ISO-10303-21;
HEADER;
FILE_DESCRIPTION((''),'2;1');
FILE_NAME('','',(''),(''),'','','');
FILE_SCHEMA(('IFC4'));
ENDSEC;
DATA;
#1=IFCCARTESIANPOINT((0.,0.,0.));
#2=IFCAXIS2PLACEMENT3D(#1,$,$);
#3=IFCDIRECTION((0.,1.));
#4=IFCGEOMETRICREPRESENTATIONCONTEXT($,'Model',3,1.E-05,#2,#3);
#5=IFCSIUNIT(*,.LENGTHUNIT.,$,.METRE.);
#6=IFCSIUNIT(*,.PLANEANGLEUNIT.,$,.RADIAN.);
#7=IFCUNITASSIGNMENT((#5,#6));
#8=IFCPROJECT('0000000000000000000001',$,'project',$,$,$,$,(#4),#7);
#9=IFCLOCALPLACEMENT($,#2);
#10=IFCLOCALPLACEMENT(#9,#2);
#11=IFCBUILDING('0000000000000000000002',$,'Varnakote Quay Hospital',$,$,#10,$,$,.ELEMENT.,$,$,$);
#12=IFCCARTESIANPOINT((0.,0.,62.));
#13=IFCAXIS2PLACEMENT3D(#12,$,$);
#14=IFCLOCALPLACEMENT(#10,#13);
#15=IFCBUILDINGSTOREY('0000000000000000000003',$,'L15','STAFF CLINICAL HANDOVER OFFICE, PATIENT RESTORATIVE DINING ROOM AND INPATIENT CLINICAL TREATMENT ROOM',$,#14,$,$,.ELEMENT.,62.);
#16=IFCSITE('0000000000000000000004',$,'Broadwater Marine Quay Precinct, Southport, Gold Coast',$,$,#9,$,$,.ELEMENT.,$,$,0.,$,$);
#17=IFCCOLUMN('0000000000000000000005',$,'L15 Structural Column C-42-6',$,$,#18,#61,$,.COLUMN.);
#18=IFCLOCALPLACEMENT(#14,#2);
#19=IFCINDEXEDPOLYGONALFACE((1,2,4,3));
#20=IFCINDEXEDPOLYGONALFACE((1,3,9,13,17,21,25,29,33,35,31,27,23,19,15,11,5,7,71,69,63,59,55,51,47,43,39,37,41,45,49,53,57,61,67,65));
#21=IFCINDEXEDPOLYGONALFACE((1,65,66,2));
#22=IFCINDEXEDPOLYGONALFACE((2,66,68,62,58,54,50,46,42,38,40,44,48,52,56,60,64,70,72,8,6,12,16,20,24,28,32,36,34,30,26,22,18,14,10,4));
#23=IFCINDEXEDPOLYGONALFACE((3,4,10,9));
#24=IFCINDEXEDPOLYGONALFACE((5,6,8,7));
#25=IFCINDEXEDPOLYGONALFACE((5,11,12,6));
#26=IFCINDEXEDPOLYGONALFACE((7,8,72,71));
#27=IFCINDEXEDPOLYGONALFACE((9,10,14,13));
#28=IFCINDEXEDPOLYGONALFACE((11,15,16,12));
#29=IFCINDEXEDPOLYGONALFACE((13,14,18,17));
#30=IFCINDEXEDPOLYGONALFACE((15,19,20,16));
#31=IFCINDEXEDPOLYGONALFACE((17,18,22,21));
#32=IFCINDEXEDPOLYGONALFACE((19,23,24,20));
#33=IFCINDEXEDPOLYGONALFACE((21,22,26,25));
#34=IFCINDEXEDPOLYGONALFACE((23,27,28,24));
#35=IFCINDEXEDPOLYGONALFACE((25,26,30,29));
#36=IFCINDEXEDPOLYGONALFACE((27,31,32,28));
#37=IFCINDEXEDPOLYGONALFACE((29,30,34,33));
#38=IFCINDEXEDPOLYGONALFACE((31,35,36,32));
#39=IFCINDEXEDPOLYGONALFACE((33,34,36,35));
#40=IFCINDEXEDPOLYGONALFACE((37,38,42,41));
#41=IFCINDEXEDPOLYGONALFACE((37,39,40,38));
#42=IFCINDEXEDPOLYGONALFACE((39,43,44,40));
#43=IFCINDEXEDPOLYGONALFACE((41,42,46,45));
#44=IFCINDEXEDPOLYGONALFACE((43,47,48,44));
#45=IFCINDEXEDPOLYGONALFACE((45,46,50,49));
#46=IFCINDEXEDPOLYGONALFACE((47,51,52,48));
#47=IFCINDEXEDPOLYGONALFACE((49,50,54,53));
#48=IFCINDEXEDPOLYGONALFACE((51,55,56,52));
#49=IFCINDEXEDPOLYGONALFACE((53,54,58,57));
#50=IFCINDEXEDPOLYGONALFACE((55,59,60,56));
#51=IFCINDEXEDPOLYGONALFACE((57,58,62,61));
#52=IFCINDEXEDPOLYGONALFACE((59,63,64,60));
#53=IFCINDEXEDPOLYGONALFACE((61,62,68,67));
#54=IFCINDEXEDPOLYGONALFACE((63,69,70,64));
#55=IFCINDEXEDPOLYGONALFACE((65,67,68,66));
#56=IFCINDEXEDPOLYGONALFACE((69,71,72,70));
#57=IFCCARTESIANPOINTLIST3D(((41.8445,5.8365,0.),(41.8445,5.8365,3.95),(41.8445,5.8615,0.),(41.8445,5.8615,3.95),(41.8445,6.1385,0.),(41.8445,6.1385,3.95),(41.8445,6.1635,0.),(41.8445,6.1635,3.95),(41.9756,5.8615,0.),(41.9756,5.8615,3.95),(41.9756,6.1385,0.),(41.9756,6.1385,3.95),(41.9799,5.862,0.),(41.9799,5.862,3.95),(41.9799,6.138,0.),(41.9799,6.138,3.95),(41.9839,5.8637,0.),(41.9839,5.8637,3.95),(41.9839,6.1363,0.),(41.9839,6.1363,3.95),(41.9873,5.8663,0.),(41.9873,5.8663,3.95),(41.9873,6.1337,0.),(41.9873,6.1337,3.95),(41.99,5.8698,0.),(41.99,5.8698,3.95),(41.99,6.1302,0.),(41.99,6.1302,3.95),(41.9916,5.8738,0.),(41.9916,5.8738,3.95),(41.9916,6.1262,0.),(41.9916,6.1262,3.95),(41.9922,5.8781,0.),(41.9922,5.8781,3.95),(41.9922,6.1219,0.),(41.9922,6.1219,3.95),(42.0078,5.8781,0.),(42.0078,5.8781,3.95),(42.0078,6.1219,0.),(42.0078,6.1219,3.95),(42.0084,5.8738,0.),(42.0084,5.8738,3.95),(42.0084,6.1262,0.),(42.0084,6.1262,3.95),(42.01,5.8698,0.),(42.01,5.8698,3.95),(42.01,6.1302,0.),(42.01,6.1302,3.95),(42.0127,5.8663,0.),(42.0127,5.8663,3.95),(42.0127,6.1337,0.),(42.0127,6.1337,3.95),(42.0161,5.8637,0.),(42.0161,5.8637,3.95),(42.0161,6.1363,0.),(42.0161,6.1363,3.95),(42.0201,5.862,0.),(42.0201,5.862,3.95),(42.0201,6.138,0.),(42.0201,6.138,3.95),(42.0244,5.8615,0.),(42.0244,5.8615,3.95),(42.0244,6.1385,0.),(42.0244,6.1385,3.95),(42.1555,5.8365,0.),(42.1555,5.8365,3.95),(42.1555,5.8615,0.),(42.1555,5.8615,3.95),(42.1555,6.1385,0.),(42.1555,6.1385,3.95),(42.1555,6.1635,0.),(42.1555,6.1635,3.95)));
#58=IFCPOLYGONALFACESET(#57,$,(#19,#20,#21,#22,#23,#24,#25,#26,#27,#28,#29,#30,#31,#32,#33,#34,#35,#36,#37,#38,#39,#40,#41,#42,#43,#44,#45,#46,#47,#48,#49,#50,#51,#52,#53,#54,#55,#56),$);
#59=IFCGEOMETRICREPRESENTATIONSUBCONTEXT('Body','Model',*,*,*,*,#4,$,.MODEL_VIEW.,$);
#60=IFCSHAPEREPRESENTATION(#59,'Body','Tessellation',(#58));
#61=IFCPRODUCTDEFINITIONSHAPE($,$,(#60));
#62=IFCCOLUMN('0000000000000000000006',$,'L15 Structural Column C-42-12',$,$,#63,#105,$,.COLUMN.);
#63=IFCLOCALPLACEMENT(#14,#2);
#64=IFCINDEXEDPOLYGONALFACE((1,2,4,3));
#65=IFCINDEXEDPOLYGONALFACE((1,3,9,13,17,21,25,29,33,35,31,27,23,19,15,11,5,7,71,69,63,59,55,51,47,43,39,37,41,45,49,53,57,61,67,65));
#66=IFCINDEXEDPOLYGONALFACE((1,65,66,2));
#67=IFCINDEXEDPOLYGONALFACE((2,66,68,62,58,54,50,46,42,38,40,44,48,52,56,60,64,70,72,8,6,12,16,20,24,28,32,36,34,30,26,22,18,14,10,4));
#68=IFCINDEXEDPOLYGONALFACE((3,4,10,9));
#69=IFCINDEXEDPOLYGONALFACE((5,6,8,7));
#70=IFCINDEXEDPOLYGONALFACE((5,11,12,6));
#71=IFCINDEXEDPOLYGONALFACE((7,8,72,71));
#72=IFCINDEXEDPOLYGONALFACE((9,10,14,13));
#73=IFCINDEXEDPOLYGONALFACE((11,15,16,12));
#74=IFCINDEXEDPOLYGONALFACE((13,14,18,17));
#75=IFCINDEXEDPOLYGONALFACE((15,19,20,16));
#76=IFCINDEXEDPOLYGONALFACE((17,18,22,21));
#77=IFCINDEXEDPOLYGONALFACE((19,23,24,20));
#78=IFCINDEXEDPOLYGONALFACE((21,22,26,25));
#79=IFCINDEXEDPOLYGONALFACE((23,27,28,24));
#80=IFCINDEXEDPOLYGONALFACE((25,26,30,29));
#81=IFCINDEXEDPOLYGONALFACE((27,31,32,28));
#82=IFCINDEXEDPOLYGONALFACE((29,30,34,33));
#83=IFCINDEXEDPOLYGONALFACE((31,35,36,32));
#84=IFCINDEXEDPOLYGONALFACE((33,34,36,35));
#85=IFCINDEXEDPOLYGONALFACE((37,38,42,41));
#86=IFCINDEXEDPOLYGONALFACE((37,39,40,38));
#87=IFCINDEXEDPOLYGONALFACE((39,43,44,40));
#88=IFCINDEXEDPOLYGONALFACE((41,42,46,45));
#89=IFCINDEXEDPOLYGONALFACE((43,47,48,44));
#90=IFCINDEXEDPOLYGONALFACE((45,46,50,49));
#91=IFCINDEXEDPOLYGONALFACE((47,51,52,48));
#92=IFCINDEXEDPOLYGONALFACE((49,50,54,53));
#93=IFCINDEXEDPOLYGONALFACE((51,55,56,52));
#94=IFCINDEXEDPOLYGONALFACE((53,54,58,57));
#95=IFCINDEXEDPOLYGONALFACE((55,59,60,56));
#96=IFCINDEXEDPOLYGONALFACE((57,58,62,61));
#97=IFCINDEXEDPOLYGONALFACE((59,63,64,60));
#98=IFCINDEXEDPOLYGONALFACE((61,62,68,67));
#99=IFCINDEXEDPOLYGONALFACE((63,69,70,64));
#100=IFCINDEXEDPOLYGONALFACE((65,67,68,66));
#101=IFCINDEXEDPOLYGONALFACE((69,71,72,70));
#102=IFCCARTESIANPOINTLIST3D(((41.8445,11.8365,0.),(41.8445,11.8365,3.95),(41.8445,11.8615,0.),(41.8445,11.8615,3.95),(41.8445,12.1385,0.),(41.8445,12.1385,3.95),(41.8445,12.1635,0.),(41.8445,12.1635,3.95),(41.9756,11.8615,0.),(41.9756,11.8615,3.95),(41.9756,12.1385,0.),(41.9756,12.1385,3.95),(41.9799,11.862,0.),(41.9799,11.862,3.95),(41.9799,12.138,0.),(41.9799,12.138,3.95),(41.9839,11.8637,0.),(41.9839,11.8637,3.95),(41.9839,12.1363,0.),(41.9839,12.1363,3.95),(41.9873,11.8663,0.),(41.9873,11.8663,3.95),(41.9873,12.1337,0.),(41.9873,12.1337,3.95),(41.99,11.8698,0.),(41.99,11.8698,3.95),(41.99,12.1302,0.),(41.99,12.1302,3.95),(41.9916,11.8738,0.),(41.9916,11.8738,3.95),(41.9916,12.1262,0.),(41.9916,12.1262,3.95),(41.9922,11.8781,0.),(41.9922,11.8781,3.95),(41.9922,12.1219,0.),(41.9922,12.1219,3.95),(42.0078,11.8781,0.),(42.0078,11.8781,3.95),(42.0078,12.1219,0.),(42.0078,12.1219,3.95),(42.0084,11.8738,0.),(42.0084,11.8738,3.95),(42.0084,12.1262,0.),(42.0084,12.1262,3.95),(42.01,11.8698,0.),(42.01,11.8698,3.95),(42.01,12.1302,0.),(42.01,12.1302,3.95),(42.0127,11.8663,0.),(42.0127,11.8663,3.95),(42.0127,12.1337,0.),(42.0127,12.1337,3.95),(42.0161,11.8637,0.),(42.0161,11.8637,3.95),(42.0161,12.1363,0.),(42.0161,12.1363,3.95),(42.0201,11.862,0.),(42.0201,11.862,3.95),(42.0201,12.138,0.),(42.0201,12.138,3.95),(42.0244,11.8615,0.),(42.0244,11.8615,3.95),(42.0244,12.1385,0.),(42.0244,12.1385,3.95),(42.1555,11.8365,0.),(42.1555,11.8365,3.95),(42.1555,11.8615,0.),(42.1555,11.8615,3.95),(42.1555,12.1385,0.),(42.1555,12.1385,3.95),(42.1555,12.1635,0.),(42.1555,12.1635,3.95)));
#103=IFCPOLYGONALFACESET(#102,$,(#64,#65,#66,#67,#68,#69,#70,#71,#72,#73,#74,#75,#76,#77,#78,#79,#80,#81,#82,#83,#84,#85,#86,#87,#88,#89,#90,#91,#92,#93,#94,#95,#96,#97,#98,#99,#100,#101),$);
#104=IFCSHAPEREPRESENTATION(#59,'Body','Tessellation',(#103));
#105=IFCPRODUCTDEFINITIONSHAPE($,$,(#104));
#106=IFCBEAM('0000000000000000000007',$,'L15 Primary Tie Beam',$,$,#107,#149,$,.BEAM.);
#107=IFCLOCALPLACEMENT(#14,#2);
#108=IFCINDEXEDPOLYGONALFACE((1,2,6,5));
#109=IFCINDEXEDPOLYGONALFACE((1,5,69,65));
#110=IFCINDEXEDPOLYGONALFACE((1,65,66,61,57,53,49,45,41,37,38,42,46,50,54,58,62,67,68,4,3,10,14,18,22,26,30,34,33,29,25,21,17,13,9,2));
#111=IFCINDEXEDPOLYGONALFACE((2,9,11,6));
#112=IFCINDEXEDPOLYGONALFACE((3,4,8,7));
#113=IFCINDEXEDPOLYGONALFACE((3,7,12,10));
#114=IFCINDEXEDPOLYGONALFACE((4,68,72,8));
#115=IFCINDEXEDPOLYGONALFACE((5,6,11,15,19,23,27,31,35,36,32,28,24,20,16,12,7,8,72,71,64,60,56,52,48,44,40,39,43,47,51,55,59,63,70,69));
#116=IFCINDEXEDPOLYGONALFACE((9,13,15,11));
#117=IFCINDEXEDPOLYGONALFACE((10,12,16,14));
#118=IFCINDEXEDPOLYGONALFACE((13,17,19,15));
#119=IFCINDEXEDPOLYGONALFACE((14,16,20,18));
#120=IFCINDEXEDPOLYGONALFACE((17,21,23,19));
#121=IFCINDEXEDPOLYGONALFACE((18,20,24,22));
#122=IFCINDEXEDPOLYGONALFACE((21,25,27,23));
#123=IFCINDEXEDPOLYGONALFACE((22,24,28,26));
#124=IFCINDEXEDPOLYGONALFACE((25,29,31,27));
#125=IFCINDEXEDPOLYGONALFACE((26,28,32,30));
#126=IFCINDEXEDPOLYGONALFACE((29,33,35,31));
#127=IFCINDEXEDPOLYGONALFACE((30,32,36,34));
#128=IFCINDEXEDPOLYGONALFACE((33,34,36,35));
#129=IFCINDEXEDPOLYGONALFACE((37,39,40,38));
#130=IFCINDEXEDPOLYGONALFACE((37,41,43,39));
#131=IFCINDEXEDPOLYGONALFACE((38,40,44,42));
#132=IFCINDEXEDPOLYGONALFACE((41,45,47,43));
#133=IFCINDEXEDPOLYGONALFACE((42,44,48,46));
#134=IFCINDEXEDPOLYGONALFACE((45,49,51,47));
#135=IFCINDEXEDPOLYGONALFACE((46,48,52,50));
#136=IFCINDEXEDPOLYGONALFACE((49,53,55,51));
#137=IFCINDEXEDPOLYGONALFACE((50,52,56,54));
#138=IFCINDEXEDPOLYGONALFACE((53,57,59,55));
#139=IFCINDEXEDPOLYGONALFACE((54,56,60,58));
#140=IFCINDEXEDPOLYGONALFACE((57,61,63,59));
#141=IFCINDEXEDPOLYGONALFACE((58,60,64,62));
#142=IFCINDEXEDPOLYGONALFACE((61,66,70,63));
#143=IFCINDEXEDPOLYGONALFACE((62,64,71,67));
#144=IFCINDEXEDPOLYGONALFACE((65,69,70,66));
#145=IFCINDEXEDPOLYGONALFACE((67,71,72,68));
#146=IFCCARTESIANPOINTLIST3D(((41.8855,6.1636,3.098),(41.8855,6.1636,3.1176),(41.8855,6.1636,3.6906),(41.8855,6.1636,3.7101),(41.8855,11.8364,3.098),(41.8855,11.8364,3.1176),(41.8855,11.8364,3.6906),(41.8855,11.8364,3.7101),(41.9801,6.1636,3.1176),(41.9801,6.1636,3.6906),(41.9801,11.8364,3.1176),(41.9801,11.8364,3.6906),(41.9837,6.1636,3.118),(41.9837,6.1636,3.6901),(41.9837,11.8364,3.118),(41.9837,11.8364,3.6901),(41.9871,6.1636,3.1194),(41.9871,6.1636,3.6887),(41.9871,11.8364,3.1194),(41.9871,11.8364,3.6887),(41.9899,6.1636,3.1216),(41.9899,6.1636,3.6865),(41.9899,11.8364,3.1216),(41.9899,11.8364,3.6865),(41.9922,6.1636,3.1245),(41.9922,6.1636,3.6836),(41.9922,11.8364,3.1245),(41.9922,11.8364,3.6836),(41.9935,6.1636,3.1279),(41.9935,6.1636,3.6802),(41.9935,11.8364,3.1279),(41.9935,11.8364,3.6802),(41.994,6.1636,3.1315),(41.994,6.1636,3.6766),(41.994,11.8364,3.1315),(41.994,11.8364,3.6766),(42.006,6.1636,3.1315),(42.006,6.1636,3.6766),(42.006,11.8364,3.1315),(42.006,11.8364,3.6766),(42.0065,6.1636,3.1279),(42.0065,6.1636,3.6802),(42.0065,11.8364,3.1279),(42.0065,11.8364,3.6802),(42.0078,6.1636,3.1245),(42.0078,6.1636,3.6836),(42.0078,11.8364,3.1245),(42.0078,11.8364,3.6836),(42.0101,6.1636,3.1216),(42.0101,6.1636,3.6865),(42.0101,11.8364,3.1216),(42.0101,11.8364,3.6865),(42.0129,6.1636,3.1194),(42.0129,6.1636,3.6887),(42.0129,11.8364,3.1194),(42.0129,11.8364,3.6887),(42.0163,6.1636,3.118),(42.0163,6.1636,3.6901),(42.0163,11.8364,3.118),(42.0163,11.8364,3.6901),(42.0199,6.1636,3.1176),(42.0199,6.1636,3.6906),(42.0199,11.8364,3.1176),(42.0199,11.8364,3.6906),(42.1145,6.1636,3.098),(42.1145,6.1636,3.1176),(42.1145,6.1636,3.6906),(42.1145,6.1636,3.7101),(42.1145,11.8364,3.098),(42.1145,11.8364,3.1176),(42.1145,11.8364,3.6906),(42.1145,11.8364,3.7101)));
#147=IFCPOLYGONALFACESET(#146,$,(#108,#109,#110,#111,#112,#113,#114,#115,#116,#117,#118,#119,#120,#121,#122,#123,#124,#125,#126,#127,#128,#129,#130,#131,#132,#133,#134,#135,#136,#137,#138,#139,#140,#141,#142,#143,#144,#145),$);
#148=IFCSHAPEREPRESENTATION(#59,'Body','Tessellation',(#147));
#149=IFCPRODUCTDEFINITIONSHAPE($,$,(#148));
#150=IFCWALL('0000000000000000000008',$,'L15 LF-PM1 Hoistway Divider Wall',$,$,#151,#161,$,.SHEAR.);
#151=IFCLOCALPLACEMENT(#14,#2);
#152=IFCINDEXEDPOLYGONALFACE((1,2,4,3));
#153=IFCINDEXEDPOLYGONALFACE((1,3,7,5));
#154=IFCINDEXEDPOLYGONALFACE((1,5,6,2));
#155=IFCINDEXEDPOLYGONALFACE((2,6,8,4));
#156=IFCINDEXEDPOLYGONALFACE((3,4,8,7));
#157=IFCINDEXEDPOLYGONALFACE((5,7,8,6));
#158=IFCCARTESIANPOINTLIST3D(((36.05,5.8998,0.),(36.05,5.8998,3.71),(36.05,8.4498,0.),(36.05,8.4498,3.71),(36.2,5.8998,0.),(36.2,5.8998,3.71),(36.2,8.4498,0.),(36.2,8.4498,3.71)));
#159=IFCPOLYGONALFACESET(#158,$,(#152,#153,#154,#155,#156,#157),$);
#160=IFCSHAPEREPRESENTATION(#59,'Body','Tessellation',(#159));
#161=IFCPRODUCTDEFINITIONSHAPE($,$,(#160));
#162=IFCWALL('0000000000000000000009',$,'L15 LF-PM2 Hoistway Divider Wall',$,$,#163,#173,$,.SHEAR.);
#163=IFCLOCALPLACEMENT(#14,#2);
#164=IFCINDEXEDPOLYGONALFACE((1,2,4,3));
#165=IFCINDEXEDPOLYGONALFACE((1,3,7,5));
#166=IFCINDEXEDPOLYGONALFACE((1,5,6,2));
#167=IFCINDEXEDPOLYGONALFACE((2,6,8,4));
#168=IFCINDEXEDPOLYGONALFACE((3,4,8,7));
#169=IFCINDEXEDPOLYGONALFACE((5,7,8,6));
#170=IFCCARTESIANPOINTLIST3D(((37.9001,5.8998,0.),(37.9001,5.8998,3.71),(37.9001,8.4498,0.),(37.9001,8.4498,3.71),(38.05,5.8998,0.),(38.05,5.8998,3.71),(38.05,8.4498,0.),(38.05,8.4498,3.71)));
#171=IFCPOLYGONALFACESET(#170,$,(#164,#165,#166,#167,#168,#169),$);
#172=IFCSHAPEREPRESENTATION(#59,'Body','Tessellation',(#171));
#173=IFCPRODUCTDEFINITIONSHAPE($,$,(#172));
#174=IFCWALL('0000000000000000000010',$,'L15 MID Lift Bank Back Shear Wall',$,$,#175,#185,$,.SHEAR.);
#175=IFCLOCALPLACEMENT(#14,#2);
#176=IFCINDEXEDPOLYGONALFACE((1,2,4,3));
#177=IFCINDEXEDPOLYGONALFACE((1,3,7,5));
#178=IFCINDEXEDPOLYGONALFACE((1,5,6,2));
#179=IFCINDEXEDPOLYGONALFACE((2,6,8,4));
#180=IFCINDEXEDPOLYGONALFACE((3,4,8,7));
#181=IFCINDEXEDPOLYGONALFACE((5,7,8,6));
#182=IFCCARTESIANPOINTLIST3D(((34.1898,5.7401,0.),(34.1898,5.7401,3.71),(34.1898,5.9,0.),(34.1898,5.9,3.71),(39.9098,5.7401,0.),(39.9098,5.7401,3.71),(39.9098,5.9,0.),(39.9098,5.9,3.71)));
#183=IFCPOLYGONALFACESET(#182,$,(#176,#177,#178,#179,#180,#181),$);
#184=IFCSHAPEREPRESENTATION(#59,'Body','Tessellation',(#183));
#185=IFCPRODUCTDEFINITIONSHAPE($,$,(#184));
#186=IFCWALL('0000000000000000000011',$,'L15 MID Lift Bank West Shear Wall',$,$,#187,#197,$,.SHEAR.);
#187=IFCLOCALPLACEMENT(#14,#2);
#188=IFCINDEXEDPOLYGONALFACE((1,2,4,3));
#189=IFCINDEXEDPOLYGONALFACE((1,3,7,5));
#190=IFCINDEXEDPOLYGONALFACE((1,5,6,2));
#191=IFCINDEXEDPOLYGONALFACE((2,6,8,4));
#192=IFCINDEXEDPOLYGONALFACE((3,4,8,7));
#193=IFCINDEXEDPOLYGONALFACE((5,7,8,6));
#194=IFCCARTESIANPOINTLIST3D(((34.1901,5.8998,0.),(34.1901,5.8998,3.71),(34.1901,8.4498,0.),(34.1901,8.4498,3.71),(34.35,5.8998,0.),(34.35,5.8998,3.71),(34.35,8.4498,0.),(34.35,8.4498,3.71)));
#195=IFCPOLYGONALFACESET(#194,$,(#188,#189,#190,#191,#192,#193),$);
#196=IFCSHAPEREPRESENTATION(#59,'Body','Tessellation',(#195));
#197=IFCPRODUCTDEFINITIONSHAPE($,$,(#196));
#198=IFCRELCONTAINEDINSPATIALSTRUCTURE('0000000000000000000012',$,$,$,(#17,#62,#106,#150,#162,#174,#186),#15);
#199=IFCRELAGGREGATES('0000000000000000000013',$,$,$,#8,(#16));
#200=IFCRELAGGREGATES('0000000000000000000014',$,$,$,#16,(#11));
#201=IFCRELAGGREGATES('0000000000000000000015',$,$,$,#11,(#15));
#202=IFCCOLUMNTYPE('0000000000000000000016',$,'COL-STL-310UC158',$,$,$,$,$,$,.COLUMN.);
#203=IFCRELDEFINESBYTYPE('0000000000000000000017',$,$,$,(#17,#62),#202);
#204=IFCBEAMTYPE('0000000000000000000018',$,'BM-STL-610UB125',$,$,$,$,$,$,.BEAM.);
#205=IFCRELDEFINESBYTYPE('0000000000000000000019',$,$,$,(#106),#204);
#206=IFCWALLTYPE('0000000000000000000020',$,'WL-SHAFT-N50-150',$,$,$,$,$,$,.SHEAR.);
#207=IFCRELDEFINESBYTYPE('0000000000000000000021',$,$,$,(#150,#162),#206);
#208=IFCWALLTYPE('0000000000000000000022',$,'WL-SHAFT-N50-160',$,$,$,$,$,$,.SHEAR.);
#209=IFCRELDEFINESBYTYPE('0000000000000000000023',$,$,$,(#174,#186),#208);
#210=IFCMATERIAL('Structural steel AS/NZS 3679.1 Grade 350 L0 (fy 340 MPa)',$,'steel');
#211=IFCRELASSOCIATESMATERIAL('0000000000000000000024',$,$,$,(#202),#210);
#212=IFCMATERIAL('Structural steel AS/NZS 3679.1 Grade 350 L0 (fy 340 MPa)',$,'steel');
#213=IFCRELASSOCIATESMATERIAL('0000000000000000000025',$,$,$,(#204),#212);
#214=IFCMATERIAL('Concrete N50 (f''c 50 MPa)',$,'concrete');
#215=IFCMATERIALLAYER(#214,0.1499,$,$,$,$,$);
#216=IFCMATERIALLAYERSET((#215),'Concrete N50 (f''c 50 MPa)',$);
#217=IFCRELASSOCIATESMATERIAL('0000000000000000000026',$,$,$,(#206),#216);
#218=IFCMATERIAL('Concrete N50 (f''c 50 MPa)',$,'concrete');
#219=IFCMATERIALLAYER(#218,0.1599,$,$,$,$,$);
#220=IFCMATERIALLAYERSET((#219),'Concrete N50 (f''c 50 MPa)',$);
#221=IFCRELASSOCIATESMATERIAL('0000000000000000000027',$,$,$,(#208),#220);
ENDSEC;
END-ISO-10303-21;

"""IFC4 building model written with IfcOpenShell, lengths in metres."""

from ifc_helpers import new_model, si_unit, direction, frame, frame_2d, origin, origin_2d, place, context, subcontext, project, spatial, rectangle, i_section, extrude, material, layer, layer_set, material_profile, profile_set, type_object, element, save


model = new_model("IFC4")

# Units and contexts
model_context = context("Model", 3, precision=1e-05, world=origin(), true_north=direction((0.0, 1.0)))
body_context = subcontext(model_context, "Body", "Model", "MODEL_VIEW")
ifc_project = project(units=[si_unit("LENGTHUNIT", "METRE"), si_unit("PLANEANGLEUNIT", "RADIAN")], contexts=[model_context])

# Site, building, storey
site_placement = place(None, origin())
site = spatial("IfcSite", under=ifc_project, at=site_placement, Name="Broadwater Marine Quay Precinct, Southport, Gold Coast", CompositionType="ELEMENT", RefElevation=0.0)
building_placement = place(site_placement, origin())
building = spatial("IfcBuilding", under=site, at=building_placement, Name="Varnakote Quay Hospital", CompositionType="ELEMENT")
storey_placement = place(building_placement, frame((0.0, 0.0, 62.0)))
storey = spatial("IfcBuildingStorey", under=building, at=storey_placement, Name="L15", Description="STAFF CLINICAL HANDOVER OFFICE, PATIENT RESTORATIVE DINING ROOM AND INPATIENT CLINICAL TREATMENT ROOM", CompositionType="ELEMENT", Elevation=62.0)

# Columns
ifc_material_1 = material(Name="Structural steel AS/NZS 3679.1 Grade 350 L0 (fy 340 MPa)", Category="steel")
ifc_material_profile_1 = material_profile(ifc_material_1, i_section(OverallWidth=0.311, OverallDepth=0.3269, WebThickness=0.0156, FlangeThickness=0.0249, FilletRadius=0.0166, at=origin_2d()), Name="310UC158")
ifc_profile_set_1 = profile_set([ifc_material_profile_1], Name="Structural steel AS/NZS 3679.1 Grade 350 L0 (fy 340 MPa)")
column_type = type_object("IfcColumnType", Name="COL-STL-310UC158", PredefinedType="COLUMN", material=ifc_profile_set_1)
for number, where, z_axis, x_axis, name in (
    (1, (42.0, 6.0, 0.0), (0.0, 0.0, 1.0), (1.0, 0.0, 0.0), "L15 Structural Column C-42-6"),
    (2, (42.0, 12.0, 0.0), (0.0, 0.0, 1.0), (1.0, 0.0, 0.0), "L15 Structural Column C-42-12"),
):
    element("IfcColumn", number, at=place(storey_placement, frame(where, z_axis=z_axis, x_axis=x_axis)), inside=storey, type_object=column_type, Name=name, PredefinedType="COLUMN", context=body_context, shape_type="SweptSolid", body=[
        extrude(i_section(OverallWidth=0.311, OverallDepth=0.3269, WebThickness=0.0156, FlangeThickness=0.0249, FilletRadius=0.0166, at=origin_2d()), origin(), (0.0, 0.0, 1.0), 3.95),
    ])

# Beam
ifc_material_2 = material(Name="Structural steel AS/NZS 3679.1 Grade 350 L0 (fy 340 MPa)", Category="steel")
ifc_material_profile_2 = material_profile(ifc_material_2, i_section(OverallWidth=0.229, OverallDepth=0.6121, WebThickness=0.012, FlangeThickness=0.0195, FilletRadius=0.0139, at=origin_2d()), Name="610UB125")
ifc_profile_set_2 = profile_set([ifc_material_profile_2], Name="Structural steel AS/NZS 3679.1 Grade 350 L0 (fy 340 MPa)")
beam_type = type_object("IfcBeamType", Name="BM-STL-610UB125", PredefinedType="BEAM", material=ifc_profile_set_2)
beam_placement = place(storey_placement, frame((42.0, 6.1636, 3.4041), z_axis=(0.0, 1.0, 0.0), x_axis=(-1.0, 0.0, 0.0)))
element("IfcBeam", 3, at=beam_placement, inside=storey, type_object=beam_type, Name="L15 Primary Tie Beam", PredefinedType="BEAM", context=body_context, shape_type="SweptSolid", body=[
    extrude(i_section(OverallWidth=0.229, OverallDepth=0.6121, WebThickness=0.012, FlangeThickness=0.0195, FilletRadius=0.0139, at=origin_2d()), origin(), (0.0, 0.0, 1.0), 5.6729),
])

# Walls
ifc_material_3 = material(Name="Concrete N50 (f'c 50 MPa)", Category="concrete")
ifc_layer_1 = layer(ifc_material_3, 0.1499)
ifc_layer_set_1 = layer_set([ifc_layer_1], Name="Concrete N50 (f'c 50 MPa)")
wall_type_1 = type_object("IfcWallType", Name="WL-SHAFT-N50-150", PredefinedType="SHEAR", material=ifc_layer_set_1)
for number, where, z_axis, x_axis, name in (
    (4, (36.125, 5.8999, 0.0), (0.0, 0.0, 1.0), (0.0, 1.0, 0.0), "L15 LF-PM1 Hoistway Divider Wall"),
    (5, (37.9751, 5.8999, 0.0), (0.0, 0.0, 1.0), (0.0, 1.0, 0.0), "L15 LF-PM2 Hoistway Divider Wall"),
):
    element("IfcWall", number, at=place(storey_placement, frame(where, z_axis=z_axis, x_axis=x_axis)), inside=storey, type_object=wall_type_1, Name=name, PredefinedType="SHEAR", context=body_context, shape_type="SweptSolid", body=[
        extrude(rectangle(XDim=2.55, YDim=0.1499, at=frame_2d((1.2749, 0.0))), origin(), (0.0, 0.0, 1.0), 3.71),
    ])
ifc_material_4 = material(Name="Concrete N50 (f'c 50 MPa)", Category="concrete")
ifc_layer_2 = layer(ifc_material_4, 0.1599)
ifc_layer_set_2 = layer_set([ifc_layer_2], Name="Concrete N50 (f'c 50 MPa)")
wall_type_2 = type_object("IfcWallType", Name="WL-SHAFT-N50-160", PredefinedType="SHEAR", material=ifc_layer_set_2)
wall_1_placement = place(storey_placement, frame((34.1899, 5.8201, 0.0), z_axis=(0.0, 0.0, 1.0), x_axis=(1.0, 0.0, 0.0)))
element("IfcWall", 6, at=wall_1_placement, inside=storey, type_object=wall_type_2, Name="L15 MID Lift Bank Back Shear Wall", PredefinedType="SHEAR", context=body_context, shape_type="SweptSolid", body=[
    extrude(rectangle(XDim=5.72, YDim=0.1599, at=frame_2d((2.8599, 0.0))), origin(), (0.0, 0.0, 1.0), 3.71),
])
for number, where, z_axis, x_axis, name in (
    (7, (34.27, 5.8999, 0.0), (0.0, 0.0, 1.0), (0.0, 1.0, 0.0), "L15 MID Lift Bank West Shear Wall"),
):
    element("IfcWall", number, at=place(storey_placement, frame(where, z_axis=z_axis, x_axis=x_axis)), inside=storey, type_object=wall_type_2, Name=name, PredefinedType="SHEAR", context=body_context, shape_type="SweptSolid", body=[
        extrude(rectangle(XDim=2.55, YDim=0.1599, at=frame_2d((1.2749, 0.0))), origin(), (0.0, 0.0, 1.0), 3.71),
    ])

save(model, "model.ifc")
